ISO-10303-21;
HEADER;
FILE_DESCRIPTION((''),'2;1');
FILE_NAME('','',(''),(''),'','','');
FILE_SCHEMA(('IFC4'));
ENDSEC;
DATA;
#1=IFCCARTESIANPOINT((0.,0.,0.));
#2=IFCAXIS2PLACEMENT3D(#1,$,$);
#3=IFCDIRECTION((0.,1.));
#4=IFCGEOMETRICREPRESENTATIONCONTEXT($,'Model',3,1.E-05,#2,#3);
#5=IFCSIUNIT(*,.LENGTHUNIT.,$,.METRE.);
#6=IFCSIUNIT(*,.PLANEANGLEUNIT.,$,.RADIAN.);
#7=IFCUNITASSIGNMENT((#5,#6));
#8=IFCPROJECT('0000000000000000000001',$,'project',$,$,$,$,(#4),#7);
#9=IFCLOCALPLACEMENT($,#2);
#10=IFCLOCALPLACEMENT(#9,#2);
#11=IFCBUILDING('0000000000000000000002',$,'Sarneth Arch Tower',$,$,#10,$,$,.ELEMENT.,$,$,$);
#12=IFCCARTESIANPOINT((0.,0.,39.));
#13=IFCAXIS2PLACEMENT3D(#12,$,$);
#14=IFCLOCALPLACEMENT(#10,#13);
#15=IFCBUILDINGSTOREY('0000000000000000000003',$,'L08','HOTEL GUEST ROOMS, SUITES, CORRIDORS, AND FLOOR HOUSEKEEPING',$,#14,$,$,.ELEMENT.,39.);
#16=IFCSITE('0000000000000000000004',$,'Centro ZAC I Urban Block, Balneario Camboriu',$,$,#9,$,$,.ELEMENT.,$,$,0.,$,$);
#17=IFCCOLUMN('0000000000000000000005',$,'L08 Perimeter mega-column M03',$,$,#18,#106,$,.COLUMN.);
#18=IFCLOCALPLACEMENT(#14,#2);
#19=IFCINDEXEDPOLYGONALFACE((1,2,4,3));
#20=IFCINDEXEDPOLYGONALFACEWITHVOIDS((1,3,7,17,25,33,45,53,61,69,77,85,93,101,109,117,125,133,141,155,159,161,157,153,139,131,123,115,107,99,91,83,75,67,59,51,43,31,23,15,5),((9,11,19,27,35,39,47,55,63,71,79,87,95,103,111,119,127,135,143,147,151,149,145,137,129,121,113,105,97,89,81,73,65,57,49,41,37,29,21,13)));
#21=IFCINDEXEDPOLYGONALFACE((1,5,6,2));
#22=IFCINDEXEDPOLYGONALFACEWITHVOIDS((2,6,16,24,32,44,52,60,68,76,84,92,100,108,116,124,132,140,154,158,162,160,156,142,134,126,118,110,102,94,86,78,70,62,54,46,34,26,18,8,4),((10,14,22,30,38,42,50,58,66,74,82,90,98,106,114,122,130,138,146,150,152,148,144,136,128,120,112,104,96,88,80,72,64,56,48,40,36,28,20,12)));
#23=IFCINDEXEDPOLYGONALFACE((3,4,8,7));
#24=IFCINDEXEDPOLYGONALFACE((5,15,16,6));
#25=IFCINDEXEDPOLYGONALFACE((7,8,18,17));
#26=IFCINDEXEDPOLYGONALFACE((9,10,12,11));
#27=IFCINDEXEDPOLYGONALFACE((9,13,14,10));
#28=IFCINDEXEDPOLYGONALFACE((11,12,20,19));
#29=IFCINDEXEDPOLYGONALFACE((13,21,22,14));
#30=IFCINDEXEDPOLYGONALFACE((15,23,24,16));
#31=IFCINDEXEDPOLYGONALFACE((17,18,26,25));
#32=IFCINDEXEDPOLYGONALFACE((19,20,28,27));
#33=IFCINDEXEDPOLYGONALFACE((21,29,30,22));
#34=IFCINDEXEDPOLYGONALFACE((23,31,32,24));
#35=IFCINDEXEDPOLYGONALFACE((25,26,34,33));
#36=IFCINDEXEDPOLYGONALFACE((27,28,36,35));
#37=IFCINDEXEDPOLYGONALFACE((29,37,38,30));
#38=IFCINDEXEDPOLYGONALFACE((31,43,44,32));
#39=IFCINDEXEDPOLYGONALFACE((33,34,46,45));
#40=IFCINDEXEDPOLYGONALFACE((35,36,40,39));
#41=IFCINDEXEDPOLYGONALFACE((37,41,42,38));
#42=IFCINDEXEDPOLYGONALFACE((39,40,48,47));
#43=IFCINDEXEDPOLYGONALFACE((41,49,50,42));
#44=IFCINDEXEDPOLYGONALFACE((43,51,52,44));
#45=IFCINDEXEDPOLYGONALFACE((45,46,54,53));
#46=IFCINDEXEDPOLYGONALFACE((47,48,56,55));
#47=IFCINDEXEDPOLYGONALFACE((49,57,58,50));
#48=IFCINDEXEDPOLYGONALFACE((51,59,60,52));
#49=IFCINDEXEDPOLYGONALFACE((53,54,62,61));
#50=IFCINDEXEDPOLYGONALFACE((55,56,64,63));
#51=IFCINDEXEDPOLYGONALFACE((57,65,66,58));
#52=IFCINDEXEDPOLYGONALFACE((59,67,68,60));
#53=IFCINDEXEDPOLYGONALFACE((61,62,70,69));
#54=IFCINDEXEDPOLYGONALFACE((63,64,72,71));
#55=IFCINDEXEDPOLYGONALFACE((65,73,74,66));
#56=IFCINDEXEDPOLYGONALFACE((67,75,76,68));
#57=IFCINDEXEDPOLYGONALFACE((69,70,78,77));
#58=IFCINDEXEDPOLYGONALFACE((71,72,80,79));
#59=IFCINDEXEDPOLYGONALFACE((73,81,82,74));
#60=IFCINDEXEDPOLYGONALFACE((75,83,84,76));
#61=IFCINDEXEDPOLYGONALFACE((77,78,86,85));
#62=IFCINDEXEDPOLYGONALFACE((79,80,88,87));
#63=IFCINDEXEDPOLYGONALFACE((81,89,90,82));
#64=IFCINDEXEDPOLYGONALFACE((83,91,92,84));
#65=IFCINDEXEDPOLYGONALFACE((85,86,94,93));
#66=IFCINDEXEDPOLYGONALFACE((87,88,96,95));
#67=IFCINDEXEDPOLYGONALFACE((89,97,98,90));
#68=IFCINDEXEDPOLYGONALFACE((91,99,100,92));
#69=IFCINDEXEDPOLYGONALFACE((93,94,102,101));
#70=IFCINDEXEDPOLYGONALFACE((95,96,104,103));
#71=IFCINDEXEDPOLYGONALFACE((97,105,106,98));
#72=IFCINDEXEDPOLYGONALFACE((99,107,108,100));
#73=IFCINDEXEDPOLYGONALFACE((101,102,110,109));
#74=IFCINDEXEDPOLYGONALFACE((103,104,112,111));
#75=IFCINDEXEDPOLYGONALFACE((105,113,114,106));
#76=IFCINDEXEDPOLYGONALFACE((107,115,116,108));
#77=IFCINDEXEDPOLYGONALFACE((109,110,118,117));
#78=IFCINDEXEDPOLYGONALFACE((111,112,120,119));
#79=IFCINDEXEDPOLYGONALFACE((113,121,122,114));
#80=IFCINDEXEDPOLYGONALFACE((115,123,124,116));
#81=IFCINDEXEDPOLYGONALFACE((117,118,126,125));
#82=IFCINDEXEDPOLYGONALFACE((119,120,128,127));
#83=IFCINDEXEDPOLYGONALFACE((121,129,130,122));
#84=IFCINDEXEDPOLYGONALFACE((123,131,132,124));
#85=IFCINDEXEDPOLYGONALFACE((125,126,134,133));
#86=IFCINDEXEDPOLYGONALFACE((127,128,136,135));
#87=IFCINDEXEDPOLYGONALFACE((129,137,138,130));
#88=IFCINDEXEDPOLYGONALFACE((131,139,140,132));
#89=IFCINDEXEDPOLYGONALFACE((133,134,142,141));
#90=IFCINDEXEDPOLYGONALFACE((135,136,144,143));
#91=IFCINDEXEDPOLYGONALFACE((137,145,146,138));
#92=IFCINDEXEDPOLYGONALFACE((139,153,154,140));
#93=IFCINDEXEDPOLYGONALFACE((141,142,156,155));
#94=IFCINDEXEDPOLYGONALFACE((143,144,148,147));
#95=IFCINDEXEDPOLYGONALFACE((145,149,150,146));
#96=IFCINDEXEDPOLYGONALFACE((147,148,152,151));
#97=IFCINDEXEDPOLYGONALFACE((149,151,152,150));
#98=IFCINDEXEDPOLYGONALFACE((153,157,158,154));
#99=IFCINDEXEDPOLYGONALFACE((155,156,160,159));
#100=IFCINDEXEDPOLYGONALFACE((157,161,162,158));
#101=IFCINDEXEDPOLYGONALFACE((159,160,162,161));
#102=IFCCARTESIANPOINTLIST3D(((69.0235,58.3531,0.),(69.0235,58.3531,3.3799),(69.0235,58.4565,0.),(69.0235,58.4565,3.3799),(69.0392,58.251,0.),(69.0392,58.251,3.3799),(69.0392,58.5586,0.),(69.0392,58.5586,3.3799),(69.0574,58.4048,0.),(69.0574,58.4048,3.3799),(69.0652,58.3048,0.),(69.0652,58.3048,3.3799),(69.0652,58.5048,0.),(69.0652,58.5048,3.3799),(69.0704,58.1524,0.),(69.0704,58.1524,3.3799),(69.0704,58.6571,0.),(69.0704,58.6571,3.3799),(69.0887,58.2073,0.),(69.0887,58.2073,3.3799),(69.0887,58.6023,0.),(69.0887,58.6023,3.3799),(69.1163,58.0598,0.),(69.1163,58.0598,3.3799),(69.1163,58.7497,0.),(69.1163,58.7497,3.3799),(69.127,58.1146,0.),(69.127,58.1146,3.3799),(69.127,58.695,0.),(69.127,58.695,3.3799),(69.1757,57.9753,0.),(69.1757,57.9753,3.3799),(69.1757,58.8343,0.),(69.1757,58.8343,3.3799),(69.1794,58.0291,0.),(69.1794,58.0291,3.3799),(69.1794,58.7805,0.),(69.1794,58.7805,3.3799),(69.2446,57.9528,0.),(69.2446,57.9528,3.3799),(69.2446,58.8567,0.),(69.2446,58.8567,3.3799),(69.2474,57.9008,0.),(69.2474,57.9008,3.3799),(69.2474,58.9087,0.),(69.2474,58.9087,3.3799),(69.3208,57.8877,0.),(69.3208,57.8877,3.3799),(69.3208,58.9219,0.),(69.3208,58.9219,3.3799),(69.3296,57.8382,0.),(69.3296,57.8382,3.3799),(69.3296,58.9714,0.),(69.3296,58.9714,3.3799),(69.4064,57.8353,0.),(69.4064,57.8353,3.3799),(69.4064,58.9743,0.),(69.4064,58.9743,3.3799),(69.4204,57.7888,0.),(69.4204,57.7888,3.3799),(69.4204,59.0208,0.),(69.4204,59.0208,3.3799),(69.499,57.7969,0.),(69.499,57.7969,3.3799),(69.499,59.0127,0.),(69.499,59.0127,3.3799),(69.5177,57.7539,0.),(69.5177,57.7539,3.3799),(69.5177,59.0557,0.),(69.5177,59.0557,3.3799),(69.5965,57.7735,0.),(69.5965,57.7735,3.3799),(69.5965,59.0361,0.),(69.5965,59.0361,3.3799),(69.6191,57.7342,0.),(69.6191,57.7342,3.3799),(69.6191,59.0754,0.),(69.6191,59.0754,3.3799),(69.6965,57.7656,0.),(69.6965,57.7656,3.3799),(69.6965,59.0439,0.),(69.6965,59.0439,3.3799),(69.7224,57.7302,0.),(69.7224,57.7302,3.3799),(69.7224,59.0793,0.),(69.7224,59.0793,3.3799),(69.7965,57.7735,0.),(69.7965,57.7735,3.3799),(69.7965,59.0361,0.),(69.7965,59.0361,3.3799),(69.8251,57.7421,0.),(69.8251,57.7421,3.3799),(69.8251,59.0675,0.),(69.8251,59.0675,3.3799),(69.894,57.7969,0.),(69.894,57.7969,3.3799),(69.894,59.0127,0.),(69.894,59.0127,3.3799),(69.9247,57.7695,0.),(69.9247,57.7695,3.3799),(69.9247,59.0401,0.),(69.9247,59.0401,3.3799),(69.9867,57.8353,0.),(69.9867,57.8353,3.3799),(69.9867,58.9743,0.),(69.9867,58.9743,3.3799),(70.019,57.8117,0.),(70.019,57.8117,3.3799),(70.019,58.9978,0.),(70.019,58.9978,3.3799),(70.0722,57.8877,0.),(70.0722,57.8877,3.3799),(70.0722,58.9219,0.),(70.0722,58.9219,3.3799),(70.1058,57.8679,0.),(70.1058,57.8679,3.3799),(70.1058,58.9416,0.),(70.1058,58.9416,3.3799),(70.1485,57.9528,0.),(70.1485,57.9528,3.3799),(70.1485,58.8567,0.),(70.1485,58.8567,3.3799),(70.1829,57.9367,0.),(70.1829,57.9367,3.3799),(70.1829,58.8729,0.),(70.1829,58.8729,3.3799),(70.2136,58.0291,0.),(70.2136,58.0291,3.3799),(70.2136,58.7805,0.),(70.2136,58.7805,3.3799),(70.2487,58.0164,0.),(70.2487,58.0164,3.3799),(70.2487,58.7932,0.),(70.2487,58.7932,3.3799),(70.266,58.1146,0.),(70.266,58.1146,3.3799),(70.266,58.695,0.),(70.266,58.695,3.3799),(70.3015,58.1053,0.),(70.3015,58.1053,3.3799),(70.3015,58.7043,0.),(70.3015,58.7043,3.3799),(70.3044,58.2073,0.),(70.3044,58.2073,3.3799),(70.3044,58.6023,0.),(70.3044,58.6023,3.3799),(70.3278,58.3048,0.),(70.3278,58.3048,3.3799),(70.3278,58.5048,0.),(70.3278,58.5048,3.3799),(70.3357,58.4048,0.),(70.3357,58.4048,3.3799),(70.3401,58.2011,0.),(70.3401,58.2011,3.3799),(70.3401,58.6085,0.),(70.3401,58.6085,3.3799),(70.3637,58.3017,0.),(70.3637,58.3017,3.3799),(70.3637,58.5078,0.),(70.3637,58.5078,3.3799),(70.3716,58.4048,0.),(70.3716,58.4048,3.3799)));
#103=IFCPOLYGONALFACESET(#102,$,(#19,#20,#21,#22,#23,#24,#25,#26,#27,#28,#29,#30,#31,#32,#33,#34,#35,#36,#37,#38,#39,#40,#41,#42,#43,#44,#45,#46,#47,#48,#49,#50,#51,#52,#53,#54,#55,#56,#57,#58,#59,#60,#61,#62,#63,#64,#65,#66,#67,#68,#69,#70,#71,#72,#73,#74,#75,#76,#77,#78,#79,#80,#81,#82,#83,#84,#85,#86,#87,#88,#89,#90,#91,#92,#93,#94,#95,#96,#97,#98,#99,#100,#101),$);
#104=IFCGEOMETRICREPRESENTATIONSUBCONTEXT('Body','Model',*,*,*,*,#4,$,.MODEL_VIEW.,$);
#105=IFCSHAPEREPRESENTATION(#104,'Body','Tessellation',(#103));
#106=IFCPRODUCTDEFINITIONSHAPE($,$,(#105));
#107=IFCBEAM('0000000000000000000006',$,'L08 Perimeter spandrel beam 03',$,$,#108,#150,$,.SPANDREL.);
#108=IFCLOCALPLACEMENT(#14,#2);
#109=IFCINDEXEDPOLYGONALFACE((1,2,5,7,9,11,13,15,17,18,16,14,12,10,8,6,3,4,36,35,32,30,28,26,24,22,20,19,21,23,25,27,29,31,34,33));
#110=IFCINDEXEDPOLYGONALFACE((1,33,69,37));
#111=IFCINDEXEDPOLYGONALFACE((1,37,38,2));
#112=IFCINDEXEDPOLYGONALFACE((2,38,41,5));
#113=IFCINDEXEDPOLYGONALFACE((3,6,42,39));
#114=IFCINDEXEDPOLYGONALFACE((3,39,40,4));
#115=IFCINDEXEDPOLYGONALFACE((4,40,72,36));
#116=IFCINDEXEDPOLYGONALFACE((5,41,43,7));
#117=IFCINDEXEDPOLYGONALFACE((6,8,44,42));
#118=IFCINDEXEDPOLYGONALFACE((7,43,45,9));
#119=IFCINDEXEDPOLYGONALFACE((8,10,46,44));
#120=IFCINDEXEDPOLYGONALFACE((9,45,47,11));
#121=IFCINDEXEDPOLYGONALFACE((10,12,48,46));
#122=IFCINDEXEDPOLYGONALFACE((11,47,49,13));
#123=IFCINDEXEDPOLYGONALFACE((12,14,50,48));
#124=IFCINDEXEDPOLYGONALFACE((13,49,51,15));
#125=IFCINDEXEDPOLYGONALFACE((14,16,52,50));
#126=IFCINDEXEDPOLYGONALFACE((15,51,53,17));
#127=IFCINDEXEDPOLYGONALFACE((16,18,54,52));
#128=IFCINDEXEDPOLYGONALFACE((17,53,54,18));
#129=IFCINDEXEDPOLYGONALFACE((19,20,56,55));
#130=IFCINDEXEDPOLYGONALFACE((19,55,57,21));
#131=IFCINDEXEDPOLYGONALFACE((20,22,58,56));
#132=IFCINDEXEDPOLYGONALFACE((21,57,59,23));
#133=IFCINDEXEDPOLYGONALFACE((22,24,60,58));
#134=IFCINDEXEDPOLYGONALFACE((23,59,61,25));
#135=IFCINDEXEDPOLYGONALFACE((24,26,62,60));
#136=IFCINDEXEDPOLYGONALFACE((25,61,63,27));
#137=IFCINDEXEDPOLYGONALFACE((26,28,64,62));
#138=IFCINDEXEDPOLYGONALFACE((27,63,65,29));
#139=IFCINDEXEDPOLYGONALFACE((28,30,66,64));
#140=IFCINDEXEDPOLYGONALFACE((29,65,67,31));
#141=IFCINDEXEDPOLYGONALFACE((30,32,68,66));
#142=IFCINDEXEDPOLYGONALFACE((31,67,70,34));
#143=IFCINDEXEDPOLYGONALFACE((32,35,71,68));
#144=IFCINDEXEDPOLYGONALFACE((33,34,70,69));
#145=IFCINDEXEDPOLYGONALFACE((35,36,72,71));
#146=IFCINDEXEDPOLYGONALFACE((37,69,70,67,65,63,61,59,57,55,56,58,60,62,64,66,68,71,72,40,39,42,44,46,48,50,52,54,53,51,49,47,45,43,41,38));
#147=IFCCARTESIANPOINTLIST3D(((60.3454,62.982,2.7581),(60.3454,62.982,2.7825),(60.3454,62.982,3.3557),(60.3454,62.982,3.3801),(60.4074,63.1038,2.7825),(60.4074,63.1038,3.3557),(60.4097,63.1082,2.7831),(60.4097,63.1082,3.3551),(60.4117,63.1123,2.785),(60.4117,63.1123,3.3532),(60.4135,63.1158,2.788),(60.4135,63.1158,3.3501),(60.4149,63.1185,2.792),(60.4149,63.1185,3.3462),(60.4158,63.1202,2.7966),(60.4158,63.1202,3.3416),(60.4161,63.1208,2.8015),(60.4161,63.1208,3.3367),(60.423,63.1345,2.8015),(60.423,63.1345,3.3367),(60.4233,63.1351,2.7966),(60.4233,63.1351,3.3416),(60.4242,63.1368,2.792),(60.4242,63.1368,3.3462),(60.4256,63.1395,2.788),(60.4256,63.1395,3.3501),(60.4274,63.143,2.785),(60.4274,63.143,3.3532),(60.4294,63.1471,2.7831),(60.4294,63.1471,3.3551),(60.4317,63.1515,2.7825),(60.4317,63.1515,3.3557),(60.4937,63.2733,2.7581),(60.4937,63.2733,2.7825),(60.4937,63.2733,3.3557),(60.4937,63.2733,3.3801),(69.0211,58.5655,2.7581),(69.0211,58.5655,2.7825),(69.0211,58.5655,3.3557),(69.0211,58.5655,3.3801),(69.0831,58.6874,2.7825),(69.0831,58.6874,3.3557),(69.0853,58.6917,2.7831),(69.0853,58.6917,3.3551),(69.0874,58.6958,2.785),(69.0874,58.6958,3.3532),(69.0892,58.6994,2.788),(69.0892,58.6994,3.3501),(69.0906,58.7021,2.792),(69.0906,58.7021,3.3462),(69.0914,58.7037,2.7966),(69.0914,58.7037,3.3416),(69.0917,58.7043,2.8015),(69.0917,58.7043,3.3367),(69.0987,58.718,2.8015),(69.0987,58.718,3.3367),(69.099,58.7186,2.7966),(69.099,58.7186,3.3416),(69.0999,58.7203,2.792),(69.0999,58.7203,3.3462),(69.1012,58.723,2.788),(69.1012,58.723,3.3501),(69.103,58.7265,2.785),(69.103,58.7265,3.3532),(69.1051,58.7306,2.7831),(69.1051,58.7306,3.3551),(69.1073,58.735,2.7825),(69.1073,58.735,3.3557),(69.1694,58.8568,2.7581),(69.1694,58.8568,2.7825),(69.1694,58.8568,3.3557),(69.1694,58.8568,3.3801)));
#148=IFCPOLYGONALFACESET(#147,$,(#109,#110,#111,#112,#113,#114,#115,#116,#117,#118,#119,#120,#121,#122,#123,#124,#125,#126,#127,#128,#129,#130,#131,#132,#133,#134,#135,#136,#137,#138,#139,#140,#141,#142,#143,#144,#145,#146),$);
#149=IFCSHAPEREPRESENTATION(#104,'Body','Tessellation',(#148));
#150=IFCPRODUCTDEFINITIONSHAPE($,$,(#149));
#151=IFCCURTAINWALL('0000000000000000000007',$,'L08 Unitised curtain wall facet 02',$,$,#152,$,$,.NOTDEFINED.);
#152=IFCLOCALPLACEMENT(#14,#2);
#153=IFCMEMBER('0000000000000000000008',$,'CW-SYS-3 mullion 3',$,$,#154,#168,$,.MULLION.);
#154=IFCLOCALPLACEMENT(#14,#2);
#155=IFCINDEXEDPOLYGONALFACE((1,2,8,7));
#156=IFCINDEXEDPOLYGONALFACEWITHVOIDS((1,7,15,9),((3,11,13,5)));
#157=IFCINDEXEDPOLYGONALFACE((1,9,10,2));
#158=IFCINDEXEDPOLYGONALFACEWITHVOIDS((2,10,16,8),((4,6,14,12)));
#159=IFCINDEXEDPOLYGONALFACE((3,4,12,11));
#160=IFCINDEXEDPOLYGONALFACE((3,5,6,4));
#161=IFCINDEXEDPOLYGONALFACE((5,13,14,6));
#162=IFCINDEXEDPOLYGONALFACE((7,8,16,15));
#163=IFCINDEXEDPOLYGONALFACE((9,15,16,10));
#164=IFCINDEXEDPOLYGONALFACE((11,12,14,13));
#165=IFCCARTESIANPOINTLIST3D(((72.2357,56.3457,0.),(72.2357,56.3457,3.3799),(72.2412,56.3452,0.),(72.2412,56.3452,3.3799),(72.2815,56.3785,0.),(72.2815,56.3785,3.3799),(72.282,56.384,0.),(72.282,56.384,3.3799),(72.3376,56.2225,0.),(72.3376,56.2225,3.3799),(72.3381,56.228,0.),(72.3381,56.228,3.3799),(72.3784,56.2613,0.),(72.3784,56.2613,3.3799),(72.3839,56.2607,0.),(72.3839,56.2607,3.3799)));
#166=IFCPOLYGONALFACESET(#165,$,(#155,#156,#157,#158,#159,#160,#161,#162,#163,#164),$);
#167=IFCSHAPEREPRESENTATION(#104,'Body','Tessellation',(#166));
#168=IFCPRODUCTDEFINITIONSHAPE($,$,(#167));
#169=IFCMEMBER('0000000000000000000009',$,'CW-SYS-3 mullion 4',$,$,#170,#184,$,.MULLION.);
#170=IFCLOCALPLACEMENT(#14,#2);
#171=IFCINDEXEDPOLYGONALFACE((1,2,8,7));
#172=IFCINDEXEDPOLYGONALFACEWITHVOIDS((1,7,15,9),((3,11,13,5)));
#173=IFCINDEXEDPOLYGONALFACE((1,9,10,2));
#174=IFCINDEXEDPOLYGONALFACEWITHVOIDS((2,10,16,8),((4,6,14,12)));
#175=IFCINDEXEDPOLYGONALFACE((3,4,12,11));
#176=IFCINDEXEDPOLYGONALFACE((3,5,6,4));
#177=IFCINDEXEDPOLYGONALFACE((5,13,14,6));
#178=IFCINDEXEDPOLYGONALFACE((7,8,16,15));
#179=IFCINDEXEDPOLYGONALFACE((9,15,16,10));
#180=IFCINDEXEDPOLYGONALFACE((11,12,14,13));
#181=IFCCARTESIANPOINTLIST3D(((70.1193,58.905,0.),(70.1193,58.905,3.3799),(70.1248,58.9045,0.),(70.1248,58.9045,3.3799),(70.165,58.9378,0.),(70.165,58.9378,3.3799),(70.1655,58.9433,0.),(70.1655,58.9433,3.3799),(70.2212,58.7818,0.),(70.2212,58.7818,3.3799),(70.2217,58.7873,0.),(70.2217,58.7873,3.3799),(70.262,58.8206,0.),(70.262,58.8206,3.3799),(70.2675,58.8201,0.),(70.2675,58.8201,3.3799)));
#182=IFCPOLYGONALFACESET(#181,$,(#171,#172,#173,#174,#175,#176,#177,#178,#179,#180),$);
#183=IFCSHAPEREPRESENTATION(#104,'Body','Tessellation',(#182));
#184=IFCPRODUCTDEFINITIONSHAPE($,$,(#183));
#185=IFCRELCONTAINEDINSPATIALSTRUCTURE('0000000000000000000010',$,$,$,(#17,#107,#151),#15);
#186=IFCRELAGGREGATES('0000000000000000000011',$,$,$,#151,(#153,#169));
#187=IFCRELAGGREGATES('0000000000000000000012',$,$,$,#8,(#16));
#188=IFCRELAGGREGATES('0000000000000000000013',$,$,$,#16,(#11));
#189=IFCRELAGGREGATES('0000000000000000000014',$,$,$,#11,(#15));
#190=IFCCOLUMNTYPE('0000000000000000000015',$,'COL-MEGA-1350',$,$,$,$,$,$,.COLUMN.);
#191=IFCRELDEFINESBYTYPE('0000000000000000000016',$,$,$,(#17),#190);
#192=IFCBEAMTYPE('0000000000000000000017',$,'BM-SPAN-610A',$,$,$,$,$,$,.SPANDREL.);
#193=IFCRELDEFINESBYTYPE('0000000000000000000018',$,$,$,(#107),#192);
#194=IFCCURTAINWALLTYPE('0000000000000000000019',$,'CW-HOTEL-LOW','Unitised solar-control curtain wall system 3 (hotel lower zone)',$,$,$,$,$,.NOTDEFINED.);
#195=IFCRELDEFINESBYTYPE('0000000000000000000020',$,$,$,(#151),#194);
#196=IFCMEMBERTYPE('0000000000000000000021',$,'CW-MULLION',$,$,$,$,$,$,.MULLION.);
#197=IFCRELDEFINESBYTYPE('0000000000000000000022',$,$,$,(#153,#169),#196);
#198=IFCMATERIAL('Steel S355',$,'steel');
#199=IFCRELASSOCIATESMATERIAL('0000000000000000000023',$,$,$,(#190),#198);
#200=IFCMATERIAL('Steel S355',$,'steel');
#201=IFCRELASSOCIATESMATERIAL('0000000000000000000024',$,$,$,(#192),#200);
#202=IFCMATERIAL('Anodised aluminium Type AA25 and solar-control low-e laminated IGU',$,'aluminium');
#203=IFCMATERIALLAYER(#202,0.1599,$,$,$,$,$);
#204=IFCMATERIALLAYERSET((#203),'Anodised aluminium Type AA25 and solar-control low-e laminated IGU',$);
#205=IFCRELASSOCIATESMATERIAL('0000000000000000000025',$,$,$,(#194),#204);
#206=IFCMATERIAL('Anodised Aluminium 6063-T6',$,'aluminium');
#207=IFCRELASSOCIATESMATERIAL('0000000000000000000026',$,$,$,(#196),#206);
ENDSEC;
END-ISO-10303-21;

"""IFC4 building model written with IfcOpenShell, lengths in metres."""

from ifc_helpers import new_model, si_unit, direction, frame, origin, origin_2d, place, context, subcontext, project, spatial, hollow_rectangle, hollow_circle, i_section, extrude, material, layer, layer_set, material_profile, profile_set, type_object, element, aggregate, save


model = new_model("IFC4")

# Units and contexts
model_context = context("Model", 3, precision=1e-05, world=origin(), true_north=direction((0.0, 1.0)))
body_context = subcontext(model_context, "Body", "Model", "MODEL_VIEW")
ifc_project = project(units=[si_unit("LENGTHUNIT", "METRE"), si_unit("PLANEANGLEUNIT", "RADIAN")], contexts=[model_context])

# Site, building, storey
site_placement = place(None, origin())
site = spatial("IfcSite", under=ifc_project, at=site_placement, Name="Centro ZAC I Urban Block, Balneario Camboriu", CompositionType="ELEMENT", RefElevation=0.0)
building_placement = place(site_placement, origin())
building = spatial("IfcBuilding", under=site, at=building_placement, Name="Sarneth Arch Tower", CompositionType="ELEMENT")
storey_placement = place(building_placement, frame((0.0, 0.0, 39.0)))
storey = spatial("IfcBuildingStorey", under=building, at=storey_placement, Name="L08", Description="HOTEL GUEST ROOMS, SUITES, CORRIDORS, AND FLOOR HOUSEKEEPING", CompositionType="ELEMENT", Elevation=39.0)

# Column
ifc_material_1 = material(Name="Steel S355", Category="steel")
ifc_material_profile_1 = material_profile(ifc_material_1, hollow_circle(Radius=0.675, WallThickness=0.0359, at=origin_2d()), Name="CHS1350x36")
ifc_profile_set_1 = profile_set([ifc_material_profile_1], Name="Steel S355")
column_type = type_object("IfcColumnType", Name="COL-MEGA-1350", PredefinedType="COLUMN", material=ifc_profile_set_1)
column_placement = place(storey_placement, frame((69.6965, 58.4048, 0.0), z_axis=(0.0, 0.0, 1.0), x_axis=(1.0, 0.0, 0.0)))
element("IfcColumn", 1, at=column_placement, inside=storey, type_object=column_type, Name="L08 Perimeter mega-column M03", PredefinedType="COLUMN", context=body_context, shape_type="SweptSolid", body=[
    extrude(hollow_circle(Radius=0.675, WallThickness=0.0359, at=origin_2d()), origin(), (0.0, 0.0, 1.0), 3.3799),
])

# Beam
ifc_material_2 = material(Name="Steel S355", Category="steel")
ifc_material_profile_2 = material_profile(ifc_material_2, i_section(OverallWidth=0.3269, OverallDepth=0.6221, WebThickness=0.0154, FlangeThickness=0.0244, FilletRadius=0.019, at=origin_2d()), Name="W610x195")
ifc_profile_set_2 = profile_set([ifc_material_profile_2], Name="Steel S355")
beam_type = type_object("IfcBeamType", Name="BM-SPAN-610A", PredefinedType="SPANDREL", material=ifc_profile_set_2)
beam_placement = place(storey_placement, frame((69.0952, 58.7112, 3.0691), z_axis=(-0.891174, 0.453662, 0.0), x_axis=(-0.453662, -0.891174, 0.0)))
element("IfcBeam", 2, at=beam_placement, inside=storey, type_object=beam_type, Name="L08 Perimeter spandrel beam 03", PredefinedType="SPANDREL", context=body_context, shape_type="SweptSolid", body=[
    extrude(i_section(OverallWidth=0.3269, OverallDepth=0.6221, WebThickness=0.0154, FlangeThickness=0.0244, FilletRadius=0.019, at=origin_2d()), origin(), (0.0, 0.0, 1.0), 9.7351),
])

# Curtain wall, members
ifc_material_3 = material(Name="Anodised aluminium Type AA25 and solar-control low-e laminated IGU", Category="aluminium")
ifc_layer_1 = layer(ifc_material_3, 0.1599)
ifc_layer_set_1 = layer_set([ifc_layer_1], Name="Anodised aluminium Type AA25 and solar-control low-e laminated IGU")
curtain_wall_type = type_object("IfcCurtainWallType", Name="CW-HOTEL-LOW", Description="Unitised solar-control curtain wall system 3 (hotel lower zone)", PredefinedType="NOTDEFINED", material=ifc_layer_set_1)
curtain_wall_placement = place(storey_placement, origin())
curtain_wall = element("IfcCurtainWall", 3, at=curtain_wall_placement, inside=storey, type_object=curtain_wall_type, Name="L08 Unitised curtain wall facet 02", PredefinedType="NOTDEFINED")
ifc_material_4 = material(Name="Anodised Aluminium 6063-T6", Category="aluminium")
ifc_material_profile_3 = material_profile(ifc_material_4, hollow_rectangle(XDim=0.0601, YDim=0.1599, WallThickness=0.0039, at=origin_2d()), Name="AL-MULL-160x60x4")
ifc_profile_set_3 = profile_set([ifc_material_profile_3], Name="Anodised Aluminium 6063-T6")
member_type_1 = type_object("IfcMemberType", Name="CW-MULLION", PredefinedType="MULLION", material=ifc_profile_set_3)
member_1_placement = place(storey_placement, frame((72.3098, 56.3032, 0.0), z_axis=(0.0, 0.0, 1.0), x_axis=(-0.770623, -0.637291, 0.0)))
member_1 = element("IfcMember", 4, at=member_1_placement, type_object=member_type_1, Name="CW-SYS-3 mullion 3", PredefinedType="MULLION", context=body_context, shape_type="SweptSolid", body=[
    extrude(hollow_rectangle(XDim=0.0601, YDim=0.1599, WallThickness=0.0039, at=origin_2d()), origin(), (0.0, 0.0, 1.0), 3.3799),
])
member_2_placement = place(storey_placement, frame((70.1934, 58.8625, 0.0), z_axis=(0.0, 0.0, 1.0), x_axis=(-0.770623, -0.637291, 0.0)))
member_2 = element("IfcMember", 5, at=member_2_placement, type_object=member_type_1, Name="CW-SYS-3 mullion 4", PredefinedType="MULLION", context=body_context, shape_type="SweptSolid", body=[
    extrude(hollow_rectangle(XDim=0.0601, YDim=0.1599, WallThickness=0.0039, at=origin_2d()), origin(), (0.0, 0.0, 1.0), 3.3799),
])

aggregate(curtain_wall, [member_1, member_2])

save(model, "model.ifc")
